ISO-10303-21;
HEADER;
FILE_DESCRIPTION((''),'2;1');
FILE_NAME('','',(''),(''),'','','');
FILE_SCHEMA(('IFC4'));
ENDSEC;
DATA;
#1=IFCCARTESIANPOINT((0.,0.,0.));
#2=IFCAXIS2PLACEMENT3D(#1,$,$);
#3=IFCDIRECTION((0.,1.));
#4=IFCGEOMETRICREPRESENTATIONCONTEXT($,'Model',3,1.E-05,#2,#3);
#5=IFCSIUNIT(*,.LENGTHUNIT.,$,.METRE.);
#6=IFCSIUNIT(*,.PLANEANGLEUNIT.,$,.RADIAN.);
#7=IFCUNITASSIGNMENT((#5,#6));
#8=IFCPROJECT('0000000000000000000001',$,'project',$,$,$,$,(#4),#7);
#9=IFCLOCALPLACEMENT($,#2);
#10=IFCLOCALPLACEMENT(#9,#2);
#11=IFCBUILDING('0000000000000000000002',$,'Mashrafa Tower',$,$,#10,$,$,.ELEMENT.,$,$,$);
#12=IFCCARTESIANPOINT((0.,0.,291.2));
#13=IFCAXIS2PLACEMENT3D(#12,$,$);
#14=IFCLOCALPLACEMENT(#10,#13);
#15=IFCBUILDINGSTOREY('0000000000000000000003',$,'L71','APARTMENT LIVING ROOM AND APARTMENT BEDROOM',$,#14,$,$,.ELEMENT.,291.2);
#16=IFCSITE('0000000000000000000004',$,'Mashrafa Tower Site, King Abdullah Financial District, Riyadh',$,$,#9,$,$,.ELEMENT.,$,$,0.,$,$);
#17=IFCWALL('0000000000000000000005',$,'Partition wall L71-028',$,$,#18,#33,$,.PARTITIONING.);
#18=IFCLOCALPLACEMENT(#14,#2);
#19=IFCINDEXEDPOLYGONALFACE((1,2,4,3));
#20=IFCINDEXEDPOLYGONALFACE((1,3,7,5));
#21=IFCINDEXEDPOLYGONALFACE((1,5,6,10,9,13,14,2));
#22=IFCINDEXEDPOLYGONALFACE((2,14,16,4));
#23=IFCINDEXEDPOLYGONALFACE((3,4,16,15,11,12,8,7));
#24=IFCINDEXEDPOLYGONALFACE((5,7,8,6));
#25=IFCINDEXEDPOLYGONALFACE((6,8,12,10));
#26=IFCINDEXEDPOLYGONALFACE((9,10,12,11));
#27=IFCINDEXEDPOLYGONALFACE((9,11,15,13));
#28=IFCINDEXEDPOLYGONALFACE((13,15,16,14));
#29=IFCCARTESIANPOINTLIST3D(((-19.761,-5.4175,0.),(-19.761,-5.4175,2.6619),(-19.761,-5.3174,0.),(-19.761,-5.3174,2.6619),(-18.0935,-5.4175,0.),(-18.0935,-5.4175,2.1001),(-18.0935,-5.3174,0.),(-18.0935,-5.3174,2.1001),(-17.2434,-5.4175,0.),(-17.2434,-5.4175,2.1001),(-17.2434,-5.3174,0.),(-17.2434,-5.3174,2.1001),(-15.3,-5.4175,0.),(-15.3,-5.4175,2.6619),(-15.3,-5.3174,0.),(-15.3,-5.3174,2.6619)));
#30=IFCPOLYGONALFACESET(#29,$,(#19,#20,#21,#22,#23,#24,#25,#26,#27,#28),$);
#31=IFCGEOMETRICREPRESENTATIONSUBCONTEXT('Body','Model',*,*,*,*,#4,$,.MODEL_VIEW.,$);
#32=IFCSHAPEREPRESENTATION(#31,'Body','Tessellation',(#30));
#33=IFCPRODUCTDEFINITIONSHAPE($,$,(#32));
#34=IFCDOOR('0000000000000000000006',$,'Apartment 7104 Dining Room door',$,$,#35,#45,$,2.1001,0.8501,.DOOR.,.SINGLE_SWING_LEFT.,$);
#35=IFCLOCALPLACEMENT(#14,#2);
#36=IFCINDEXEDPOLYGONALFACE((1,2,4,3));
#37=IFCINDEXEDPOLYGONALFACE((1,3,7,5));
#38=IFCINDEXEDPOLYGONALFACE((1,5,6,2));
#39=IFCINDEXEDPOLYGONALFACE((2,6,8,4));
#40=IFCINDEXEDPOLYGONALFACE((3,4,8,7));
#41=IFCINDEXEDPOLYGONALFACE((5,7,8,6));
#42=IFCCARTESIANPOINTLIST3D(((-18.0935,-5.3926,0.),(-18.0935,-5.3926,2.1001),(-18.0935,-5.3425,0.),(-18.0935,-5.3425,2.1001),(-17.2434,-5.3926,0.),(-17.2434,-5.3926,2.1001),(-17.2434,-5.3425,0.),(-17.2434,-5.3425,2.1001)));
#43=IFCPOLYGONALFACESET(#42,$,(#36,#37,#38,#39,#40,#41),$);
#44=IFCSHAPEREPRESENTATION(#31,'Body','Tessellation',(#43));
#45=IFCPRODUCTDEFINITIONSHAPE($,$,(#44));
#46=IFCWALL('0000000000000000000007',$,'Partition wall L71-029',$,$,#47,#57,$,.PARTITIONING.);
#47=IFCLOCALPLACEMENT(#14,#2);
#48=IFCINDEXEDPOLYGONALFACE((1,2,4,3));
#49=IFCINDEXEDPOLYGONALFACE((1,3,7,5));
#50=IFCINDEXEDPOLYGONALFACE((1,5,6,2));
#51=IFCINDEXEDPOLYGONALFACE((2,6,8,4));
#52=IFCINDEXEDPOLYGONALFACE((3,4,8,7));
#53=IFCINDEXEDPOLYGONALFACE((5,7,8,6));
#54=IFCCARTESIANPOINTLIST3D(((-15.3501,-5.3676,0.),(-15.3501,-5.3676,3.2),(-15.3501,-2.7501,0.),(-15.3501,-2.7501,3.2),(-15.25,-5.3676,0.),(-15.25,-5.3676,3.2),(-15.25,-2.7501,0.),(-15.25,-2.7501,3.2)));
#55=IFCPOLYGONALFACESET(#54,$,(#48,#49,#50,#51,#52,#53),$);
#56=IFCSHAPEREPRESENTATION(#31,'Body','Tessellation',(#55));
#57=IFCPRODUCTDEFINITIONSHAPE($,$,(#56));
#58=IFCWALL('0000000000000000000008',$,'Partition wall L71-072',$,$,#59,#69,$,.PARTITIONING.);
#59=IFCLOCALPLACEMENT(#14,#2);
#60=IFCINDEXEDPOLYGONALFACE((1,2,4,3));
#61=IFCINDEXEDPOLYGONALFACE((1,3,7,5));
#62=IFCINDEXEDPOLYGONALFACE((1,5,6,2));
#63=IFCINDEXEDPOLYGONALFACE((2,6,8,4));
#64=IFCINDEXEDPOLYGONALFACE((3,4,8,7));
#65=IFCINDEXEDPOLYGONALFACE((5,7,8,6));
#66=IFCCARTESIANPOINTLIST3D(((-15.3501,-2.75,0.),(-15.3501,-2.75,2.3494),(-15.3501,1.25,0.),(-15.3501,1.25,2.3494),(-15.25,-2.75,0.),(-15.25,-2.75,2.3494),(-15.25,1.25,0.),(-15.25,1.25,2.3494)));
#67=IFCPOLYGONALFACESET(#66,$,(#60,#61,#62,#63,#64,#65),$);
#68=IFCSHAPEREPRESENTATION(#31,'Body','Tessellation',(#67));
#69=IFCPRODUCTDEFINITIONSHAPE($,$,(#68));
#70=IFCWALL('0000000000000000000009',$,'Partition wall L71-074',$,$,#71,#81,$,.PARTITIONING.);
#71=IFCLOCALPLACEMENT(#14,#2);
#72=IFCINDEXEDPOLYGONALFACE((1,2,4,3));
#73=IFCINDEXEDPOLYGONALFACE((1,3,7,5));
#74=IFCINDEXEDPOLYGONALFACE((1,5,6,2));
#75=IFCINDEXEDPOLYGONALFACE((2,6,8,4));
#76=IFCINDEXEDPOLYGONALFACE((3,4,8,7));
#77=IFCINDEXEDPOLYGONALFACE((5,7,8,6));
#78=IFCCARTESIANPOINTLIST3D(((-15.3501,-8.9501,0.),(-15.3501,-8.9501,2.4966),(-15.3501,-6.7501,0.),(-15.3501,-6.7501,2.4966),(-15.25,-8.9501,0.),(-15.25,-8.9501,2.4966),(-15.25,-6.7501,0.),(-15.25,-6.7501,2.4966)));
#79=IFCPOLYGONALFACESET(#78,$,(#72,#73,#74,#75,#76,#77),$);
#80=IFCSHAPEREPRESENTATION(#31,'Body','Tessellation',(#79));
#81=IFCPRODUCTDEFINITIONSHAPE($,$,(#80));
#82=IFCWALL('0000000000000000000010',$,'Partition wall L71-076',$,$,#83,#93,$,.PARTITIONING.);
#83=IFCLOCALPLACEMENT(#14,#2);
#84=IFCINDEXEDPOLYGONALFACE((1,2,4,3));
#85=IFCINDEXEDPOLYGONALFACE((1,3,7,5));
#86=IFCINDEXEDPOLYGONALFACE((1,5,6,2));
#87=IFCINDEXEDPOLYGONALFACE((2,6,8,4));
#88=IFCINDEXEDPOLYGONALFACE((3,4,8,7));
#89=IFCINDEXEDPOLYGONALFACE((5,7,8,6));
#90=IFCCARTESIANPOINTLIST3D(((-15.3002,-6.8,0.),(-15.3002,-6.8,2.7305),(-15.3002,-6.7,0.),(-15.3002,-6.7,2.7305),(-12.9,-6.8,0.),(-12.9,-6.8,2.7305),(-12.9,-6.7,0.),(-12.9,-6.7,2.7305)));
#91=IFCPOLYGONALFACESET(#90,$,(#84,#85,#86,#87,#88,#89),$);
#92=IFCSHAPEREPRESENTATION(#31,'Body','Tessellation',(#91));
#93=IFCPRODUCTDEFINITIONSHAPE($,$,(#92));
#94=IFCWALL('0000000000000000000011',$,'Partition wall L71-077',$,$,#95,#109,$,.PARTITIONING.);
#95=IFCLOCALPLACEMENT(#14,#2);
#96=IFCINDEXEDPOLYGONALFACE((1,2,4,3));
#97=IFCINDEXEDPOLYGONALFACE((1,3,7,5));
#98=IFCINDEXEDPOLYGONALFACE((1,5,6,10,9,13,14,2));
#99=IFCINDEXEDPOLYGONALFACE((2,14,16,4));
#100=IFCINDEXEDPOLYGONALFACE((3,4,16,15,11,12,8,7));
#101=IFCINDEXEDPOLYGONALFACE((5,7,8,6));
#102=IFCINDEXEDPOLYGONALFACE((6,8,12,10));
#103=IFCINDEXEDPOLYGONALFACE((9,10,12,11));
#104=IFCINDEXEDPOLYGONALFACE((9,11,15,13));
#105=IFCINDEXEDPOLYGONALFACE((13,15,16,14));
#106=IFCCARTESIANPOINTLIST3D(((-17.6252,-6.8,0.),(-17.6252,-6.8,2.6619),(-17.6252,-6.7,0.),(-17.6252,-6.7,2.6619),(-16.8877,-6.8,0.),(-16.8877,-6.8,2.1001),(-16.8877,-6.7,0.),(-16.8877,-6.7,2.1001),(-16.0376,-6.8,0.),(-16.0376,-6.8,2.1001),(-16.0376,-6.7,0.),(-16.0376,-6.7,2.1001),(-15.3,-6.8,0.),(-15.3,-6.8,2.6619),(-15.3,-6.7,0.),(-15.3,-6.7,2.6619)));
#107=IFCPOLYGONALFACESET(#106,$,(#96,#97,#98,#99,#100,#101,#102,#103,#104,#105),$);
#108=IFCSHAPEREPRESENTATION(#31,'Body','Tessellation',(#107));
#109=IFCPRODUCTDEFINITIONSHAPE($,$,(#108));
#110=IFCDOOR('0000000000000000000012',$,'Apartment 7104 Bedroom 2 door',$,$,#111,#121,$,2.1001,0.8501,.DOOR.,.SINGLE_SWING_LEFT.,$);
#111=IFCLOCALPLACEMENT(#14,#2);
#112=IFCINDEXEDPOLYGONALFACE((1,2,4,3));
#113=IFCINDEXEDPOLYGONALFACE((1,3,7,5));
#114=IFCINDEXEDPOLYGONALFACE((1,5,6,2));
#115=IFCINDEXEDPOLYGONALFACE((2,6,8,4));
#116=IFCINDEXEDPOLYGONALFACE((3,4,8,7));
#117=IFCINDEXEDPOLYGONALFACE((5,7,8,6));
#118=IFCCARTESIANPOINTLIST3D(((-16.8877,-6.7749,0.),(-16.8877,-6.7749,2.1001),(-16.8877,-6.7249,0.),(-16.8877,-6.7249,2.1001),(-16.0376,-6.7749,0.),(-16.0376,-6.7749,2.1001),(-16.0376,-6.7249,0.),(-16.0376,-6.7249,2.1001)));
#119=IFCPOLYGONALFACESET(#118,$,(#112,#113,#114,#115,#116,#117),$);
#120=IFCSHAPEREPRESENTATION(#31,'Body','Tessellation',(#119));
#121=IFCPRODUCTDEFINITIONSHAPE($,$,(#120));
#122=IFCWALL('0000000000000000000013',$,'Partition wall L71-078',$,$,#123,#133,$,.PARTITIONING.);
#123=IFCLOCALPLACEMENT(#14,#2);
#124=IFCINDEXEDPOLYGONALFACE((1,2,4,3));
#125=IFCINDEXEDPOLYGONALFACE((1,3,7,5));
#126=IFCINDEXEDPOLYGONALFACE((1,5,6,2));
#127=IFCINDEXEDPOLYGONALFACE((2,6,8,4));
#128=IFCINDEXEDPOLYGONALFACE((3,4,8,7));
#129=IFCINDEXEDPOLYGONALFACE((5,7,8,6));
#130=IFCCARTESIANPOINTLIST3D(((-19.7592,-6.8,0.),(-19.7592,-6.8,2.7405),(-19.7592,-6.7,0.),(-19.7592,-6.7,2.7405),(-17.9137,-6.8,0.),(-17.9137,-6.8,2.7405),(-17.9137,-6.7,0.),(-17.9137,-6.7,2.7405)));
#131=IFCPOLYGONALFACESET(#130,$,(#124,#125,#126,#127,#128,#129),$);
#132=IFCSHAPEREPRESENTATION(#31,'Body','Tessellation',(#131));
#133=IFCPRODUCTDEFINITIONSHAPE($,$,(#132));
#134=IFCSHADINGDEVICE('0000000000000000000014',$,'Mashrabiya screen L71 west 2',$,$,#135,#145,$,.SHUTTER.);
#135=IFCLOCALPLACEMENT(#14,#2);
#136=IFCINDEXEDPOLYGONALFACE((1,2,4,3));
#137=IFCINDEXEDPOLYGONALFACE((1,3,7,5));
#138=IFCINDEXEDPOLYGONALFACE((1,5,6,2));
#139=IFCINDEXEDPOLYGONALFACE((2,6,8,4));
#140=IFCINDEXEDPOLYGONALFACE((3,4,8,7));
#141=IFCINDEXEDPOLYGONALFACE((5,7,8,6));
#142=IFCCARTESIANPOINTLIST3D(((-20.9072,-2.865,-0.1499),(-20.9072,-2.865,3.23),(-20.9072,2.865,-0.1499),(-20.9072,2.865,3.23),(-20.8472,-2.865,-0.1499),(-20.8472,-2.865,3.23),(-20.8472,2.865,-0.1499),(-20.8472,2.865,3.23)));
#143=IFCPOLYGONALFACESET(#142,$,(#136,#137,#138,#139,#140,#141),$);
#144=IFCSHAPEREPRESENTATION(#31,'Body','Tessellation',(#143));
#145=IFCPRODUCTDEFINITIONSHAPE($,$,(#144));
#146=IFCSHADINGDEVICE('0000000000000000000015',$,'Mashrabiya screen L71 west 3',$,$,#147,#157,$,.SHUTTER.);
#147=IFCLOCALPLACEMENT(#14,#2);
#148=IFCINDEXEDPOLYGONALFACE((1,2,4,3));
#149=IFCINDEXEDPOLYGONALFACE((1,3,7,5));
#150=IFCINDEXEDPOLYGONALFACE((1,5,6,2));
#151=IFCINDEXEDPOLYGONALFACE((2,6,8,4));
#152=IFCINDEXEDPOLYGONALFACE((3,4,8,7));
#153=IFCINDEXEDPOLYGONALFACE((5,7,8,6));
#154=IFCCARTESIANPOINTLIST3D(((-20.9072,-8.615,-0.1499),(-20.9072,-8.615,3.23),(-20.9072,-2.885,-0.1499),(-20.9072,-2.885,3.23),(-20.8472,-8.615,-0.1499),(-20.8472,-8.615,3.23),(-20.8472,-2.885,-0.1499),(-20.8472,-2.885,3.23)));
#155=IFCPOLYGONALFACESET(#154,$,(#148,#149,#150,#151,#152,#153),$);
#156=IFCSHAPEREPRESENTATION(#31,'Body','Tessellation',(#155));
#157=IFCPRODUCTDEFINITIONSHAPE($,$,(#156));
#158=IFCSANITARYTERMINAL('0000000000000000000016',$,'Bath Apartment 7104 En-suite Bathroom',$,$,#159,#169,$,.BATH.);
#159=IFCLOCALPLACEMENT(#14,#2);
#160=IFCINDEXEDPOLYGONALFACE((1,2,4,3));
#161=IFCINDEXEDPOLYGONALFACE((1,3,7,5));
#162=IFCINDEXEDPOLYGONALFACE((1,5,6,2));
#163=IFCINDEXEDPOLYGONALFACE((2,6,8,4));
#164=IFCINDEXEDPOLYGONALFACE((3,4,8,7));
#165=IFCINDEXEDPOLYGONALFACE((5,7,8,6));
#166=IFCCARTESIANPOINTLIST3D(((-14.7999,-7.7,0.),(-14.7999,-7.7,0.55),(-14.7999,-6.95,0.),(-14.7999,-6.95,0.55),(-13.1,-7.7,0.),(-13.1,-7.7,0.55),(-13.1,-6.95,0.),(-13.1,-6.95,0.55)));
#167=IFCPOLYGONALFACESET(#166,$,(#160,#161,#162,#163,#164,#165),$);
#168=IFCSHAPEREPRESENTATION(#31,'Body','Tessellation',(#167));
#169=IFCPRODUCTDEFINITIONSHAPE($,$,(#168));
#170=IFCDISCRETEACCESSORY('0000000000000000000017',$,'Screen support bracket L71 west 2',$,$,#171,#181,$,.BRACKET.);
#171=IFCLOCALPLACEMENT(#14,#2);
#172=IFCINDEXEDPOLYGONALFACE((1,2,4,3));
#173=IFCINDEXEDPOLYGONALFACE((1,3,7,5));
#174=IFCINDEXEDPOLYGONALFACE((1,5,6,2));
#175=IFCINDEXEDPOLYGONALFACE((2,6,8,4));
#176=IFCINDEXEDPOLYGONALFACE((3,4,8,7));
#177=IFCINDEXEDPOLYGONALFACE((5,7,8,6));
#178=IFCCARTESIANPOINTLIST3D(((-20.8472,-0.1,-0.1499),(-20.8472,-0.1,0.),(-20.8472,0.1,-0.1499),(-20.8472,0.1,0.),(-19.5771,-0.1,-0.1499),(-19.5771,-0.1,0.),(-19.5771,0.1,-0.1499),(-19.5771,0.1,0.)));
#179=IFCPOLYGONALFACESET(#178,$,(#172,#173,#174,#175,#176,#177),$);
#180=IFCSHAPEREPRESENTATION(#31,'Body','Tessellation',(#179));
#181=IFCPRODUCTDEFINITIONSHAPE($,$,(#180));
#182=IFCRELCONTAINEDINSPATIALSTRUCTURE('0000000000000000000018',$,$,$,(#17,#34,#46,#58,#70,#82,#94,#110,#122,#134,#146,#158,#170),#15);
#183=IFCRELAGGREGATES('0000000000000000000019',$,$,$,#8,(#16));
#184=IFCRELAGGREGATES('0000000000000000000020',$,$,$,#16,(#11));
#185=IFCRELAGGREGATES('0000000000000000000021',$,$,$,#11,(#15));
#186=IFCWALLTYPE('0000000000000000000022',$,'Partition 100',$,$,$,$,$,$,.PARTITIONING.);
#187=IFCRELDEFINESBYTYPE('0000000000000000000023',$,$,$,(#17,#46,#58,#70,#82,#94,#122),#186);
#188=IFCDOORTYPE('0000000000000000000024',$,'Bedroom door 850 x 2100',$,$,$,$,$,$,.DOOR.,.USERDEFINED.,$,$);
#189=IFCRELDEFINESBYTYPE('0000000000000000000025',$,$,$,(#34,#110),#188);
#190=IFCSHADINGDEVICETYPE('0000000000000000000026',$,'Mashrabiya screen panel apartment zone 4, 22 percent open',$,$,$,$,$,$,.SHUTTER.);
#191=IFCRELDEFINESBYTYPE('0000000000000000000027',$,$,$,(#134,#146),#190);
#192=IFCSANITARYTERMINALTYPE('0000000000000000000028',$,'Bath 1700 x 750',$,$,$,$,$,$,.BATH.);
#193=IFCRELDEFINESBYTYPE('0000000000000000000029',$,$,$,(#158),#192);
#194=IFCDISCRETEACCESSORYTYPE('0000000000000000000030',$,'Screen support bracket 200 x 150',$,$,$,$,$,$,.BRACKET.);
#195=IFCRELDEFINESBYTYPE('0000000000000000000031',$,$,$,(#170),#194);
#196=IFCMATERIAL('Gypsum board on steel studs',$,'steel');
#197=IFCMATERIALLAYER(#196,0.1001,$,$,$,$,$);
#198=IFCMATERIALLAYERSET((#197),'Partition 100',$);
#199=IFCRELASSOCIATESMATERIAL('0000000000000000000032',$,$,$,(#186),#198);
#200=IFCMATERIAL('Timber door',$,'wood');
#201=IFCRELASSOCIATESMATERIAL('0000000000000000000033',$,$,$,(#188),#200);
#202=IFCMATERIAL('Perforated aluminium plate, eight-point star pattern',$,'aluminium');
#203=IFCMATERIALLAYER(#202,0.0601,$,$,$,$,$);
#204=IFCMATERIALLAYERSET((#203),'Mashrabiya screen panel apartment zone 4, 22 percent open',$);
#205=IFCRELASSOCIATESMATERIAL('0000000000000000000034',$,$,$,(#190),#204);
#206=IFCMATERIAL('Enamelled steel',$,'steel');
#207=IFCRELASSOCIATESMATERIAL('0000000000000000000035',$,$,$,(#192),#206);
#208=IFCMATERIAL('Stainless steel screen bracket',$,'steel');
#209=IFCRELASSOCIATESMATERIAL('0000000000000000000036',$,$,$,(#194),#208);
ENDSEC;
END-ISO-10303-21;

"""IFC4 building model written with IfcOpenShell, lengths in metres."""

from ifc_helpers import new_model, si_unit, direction, frame, frame_2d, origin, origin_2d, place, context, subcontext, project, spatial, rectangle, extrude, source, transform, mapped, material, layer, layer_set, type_object, type_shapes, element, fill, save


model = new_model("IFC4")

# Units and contexts
model_context = context("Model", 3, precision=1e-05, world=origin(), true_north=direction((0.0, 1.0)))
body_context = subcontext(model_context, "Body", "Model", "MODEL_VIEW")
ifc_project = project(units=[si_unit("LENGTHUNIT", "METRE"), si_unit("PLANEANGLEUNIT", "RADIAN")], contexts=[model_context])

# Site, building, storey
site_placement = place(None, origin())
site = spatial("IfcSite", under=ifc_project, at=site_placement, Name="Mashrafa Tower Site, King Abdullah Financial District, Riyadh", CompositionType="ELEMENT", RefElevation=0.0)
building_placement = place(site_placement, origin())
building = spatial("IfcBuilding", under=site, at=building_placement, Name="Mashrafa Tower", CompositionType="ELEMENT")
storey_placement = place(building_placement, frame((0.0, 0.0, 291.2)))
storey = spatial("IfcBuildingStorey", under=building, at=storey_placement, Name="L71", Description="APARTMENT LIVING ROOM AND APARTMENT BEDROOM", CompositionType="ELEMENT", Elevation=291.2)

# Shared definitions
ifc_material_1 = material(Name="Gypsum board on steel studs", Category="steel")
ifc_layer_1 = layer(ifc_material_1, 0.1001)
ifc_layer_set_1 = layer_set([ifc_layer_1], Name="Partition 100")
wall_type_1 = type_object("IfcWallType", Name="Partition 100", PredefinedType="PARTITIONING", material=ifc_layer_set_1)

# Wall, opening, door
wall_1_placement = place(storey_placement, frame((-19.761, -5.3674, 0.0), z_axis=(0.0, 0.0, 1.0), x_axis=(1.0, 0.0, 0.0)))
wall_1 = element("IfcWall", 1, at=wall_1_placement, inside=storey, type_object=wall_type_1, Name="Partition wall L71-028", PredefinedType="PARTITIONING", context=body_context, shape_type="SweptSolid", body=[
    extrude(rectangle(XDim=4.4609, YDim=0.1001, at=frame_2d((2.2305, 0.0))), origin(), (0.0, 0.0, 1.0), 2.6619),
])
opening_1_placement = place(wall_1_placement, frame((1.6675, 0.0, 0.0)))
opening_1 = element("IfcOpeningElement", 2, at=opening_1_placement, cuts=wall_1, PredefinedType="OPENING", context=body_context, shape_type="SweptSolid", body=[
    extrude(rectangle(XDim=0.8501, YDim=2.1001, at=frame_2d((0.425, 1.05))), frame((0.0, 0.0601, 0.0), z_axis=(0.0, -1.0, 0.0), x_axis=(1.0, 0.0, 0.0)), (0.0, 0.0, 1.0), 0.1201),
])
ifc_material_2 = material(Name="Timber door", Category="wood")
door_type = type_object("IfcDoorType", Name="Bedroom door 850 x 2100", OperationType="USERDEFINED", PredefinedType="DOOR", material=ifc_material_2)
door_1_placement = place(opening_1_placement, origin())
door_1 = element("IfcDoor", 3, at=door_1_placement, inside=storey, type_object=door_type, Name="Apartment 7104 Dining Room door", OperationType="SINGLE_SWING_LEFT", OverallHeight=2.1001, OverallWidth=0.8501, PredefinedType="DOOR", context=body_context, shape_type="SweptSolid", body=[
    extrude(rectangle(XDim=0.8501, YDim=2.1001, at=frame_2d((0.425, 1.05))), frame((0.0, 0.0249, 0.0), z_axis=(0.0, -1.0, 0.0), x_axis=(1.0, 0.0, 0.0)), (0.0, 0.0, 1.0), 0.05),
])
fill(opening_1, door_1)

# Walls
wall_2_placement = place(storey_placement, frame((-15.3, -5.3674, 0.0), z_axis=(0.0, 0.0, 1.0), x_axis=(0.0, 1.0, 0.0)))
element("IfcWall", 4, at=wall_2_placement, inside=storey, type_object=wall_type_1, Name="Partition wall L71-029", PredefinedType="PARTITIONING", context=body_context, shape_type="SweptSolid", body=[
    extrude(rectangle(XDim=2.6174, YDim=0.1001, at=frame_2d((1.3086, 0.0))), origin(), (0.0, 0.0, 1.0), 3.2),
])
wall_3_placement = place(storey_placement, frame((-15.3, -2.75, 0.0), z_axis=(0.0, 0.0, 1.0), x_axis=(0.0, 1.0, 0.0)))
element("IfcWall", 5, at=wall_3_placement, inside=storey, type_object=wall_type_1, Name="Partition wall L71-072", PredefinedType="PARTITIONING", context=body_context, shape_type="SweptSolid", body=[
    extrude(rectangle(XDim=4.0, YDim=0.1001, at=frame_2d((2.0, 0.0))), origin(), (0.0, 0.0, 1.0), 2.3494),
])
wall_4_placement = place(storey_placement, frame((-15.3, -6.75, 0.0), z_axis=(0.0, 0.0, 1.0), x_axis=(0.0, -1.0, 0.0)))
element("IfcWall", 6, at=wall_4_placement, inside=storey, type_object=wall_type_1, Name="Partition wall L71-074", PredefinedType="PARTITIONING", context=body_context, shape_type="SweptSolid", body=[
    extrude(rectangle(XDim=2.2, YDim=0.1001, at=frame_2d((1.1001, 0.0))), origin(), (0.0, 0.0, 1.0), 2.4966),
])
wall_5_placement = place(storey_placement, frame((-12.8999, -6.75, 0.0), z_axis=(0.0, 0.0, 1.0), x_axis=(-1.0, 0.0, 0.0)))
element("IfcWall", 7, at=wall_5_placement, inside=storey, type_object=wall_type_1, Name="Partition wall L71-076", PredefinedType="PARTITIONING", context=body_context, shape_type="SweptSolid", body=[
    extrude(rectangle(XDim=2.4001, YDim=0.1001, at=frame_2d((1.2002, 0.0))), origin(), (0.0, 0.0, 1.0), 2.7305),
])

# Wall, opening, door
wall_6_placement = place(storey_placement, frame((-15.3, -6.75, 0.0), z_axis=(0.0, 0.0, 1.0), x_axis=(-1.0, 0.0, 0.0)))
wall_6 = element("IfcWall", 8, at=wall_6_placement, inside=storey, type_object=wall_type_1, Name="Partition wall L71-077", PredefinedType="PARTITIONING", context=body_context, shape_type="SweptSolid", body=[
    extrude(rectangle(XDim=2.3252, YDim=0.1001, at=frame_2d((1.1626, 0.0))), origin(), (0.0, 0.0, 1.0), 2.6619),
])
opening_2_placement = place(wall_6_placement, frame((0.7375, 0.0, 0.0)))
opening_2 = element("IfcOpeningElement", 9, at=opening_2_placement, cuts=wall_6, PredefinedType="OPENING", context=body_context, shape_type="SweptSolid", body=[
    extrude(rectangle(XDim=0.8501, YDim=2.1001, at=frame_2d((0.425, 1.05))), frame((0.0, 0.0601, 0.0), z_axis=(0.0, -1.0, 0.0), x_axis=(1.0, 0.0, 0.0)), (0.0, 0.0, 1.0), 0.1201),
])
door_2_placement = place(opening_2_placement, origin())
door_2 = element("IfcDoor", 10, at=door_2_placement, inside=storey, type_object=door_type, Name="Apartment 7104 Bedroom 2 door", OperationType="SINGLE_SWING_LEFT", OverallHeight=2.1001, OverallWidth=0.8501, PredefinedType="DOOR", context=body_context, shape_type="SweptSolid", body=[
    extrude(rectangle(XDim=0.8501, YDim=2.1001, at=frame_2d((0.425, 1.05))), frame((0.0, 0.0249, 0.0), z_axis=(0.0, -1.0, 0.0), x_axis=(1.0, 0.0, 0.0)), (0.0, 0.0, 1.0), 0.05),
])
fill(opening_2, door_2)

# Wall
wall_7_placement = place(storey_placement, frame((-17.9136, -6.75, 0.0), z_axis=(0.0, 0.0, 1.0), x_axis=(-1.0, 0.0, 0.0)))
element("IfcWall", 11, at=wall_7_placement, inside=storey, type_object=wall_type_1, Name="Partition wall L71-078", PredefinedType="PARTITIONING", context=body_context, shape_type="SweptSolid", body=[
    extrude(rectangle(XDim=1.8455, YDim=0.1001, at=frame_2d((0.9229, 0.0))), origin(), (0.0, 0.0, 1.0), 2.7405),
])

# Shading devices
ifc_material_3 = material(Name="Perforated aluminium plate, eight-point star pattern", Category="aluminium")
ifc_layer_2 = layer(ifc_material_3, 0.0601)
ifc_layer_set_2 = layer_set([ifc_layer_2], Name="Mashrabiya screen panel apartment zone 4, 22 percent open")
shading_device_type = type_object("IfcShadingDeviceType", Name="Mashrabiya screen panel apartment zone 4, 22 percent open", PredefinedType="SHUTTER", material=ifc_layer_set_2)
shared_shape_1 = source(origin(), body_context, "Body", "SweptSolid", [
    extrude(rectangle(XDim=5.73, YDim=0.0601, at=origin_2d()), origin(), (0.0, 0.0, 1.0), 3.3799),
])
type_shapes(shading_device_type, [shared_shape_1])
for number, where, z_axis, x_axis, name in (
    (12, (-20.8772, 0.0, -0.1499), (0.0, 0.0, 1.0), (0.0, -1.0, 0.0), "Mashrabiya screen L71 west 2"),
    (13, (-20.8772, -5.75, -0.1499), (0.0, 0.0, 1.0), (0.0, -1.0, 0.0), "Mashrabiya screen L71 west 3"),
):
    element("IfcShadingDevice", number, at=place(storey_placement, frame(where, z_axis=z_axis, x_axis=x_axis)), inside=storey, type_object=shading_device_type, Name=name, PredefinedType="SHUTTER", context=body_context, shape_type="MappedRepresentation", body=[
        mapped(shared_shape_1, transform((0.0, 0.0, 0.0))),
    ])

# Sanitary terminal
ifc_material_4 = material(Name="Enamelled steel", Category="steel")
sanitary_terminal_type = type_object("IfcSanitaryTerminalType", Name="Bath 1700 x 750", PredefinedType="BATH", material=ifc_material_4)
sanitary_terminal_placement = place(storey_placement, frame((-13.95, -7.325, 0.0), z_axis=(0.0, 0.0, 1.0), x_axis=(-1.0, 0.0, 0.0)))
element("IfcSanitaryTerminal", 14, at=sanitary_terminal_placement, inside=storey, type_object=sanitary_terminal_type, Name="Bath Apartment 7104 En-suite Bathroom", PredefinedType="BATH", context=body_context, shape_type="SweptSolid", body=[
    extrude(rectangle(XDim=1.7, YDim=0.75, at=origin_2d()), origin(), (0.0, 0.0, 1.0), 0.55),
])

# Discrete accessory
ifc_material_5 = material(Name="Stainless steel screen bracket", Category="steel")
discrete_accessory_type = type_object("IfcDiscreteAccessoryType", Name="Screen support bracket 200 x 150", PredefinedType="BRACKET", material=ifc_material_5)
shared_shape_2 = source(origin(), body_context, "Body", "SweptSolid", [
    extrude(rectangle(XDim=0.2, YDim=1.27, at=origin_2d()), origin(), (0.0, 0.0, 1.0), 0.1499),
])
type_shapes(discrete_accessory_type, [shared_shape_2])
for number, where, z_axis, x_axis, name in (
    (15, (-20.2122, 0.0, -0.1499), (0.0, 0.0, 1.0), (0.0, -1.0, 0.0), "Screen support bracket L71 west 2"),
):
    element("IfcDiscreteAccessory", number, at=place(storey_placement, frame(where, z_axis=z_axis, x_axis=x_axis)), inside=storey, type_object=discrete_accessory_type, Name=name, PredefinedType="BRACKET", context=body_context, shape_type="MappedRepresentation", body=[
        mapped(shared_shape_2, transform((0.0, 0.0, 0.0))),
    ])

save(model, "model.ifc")
